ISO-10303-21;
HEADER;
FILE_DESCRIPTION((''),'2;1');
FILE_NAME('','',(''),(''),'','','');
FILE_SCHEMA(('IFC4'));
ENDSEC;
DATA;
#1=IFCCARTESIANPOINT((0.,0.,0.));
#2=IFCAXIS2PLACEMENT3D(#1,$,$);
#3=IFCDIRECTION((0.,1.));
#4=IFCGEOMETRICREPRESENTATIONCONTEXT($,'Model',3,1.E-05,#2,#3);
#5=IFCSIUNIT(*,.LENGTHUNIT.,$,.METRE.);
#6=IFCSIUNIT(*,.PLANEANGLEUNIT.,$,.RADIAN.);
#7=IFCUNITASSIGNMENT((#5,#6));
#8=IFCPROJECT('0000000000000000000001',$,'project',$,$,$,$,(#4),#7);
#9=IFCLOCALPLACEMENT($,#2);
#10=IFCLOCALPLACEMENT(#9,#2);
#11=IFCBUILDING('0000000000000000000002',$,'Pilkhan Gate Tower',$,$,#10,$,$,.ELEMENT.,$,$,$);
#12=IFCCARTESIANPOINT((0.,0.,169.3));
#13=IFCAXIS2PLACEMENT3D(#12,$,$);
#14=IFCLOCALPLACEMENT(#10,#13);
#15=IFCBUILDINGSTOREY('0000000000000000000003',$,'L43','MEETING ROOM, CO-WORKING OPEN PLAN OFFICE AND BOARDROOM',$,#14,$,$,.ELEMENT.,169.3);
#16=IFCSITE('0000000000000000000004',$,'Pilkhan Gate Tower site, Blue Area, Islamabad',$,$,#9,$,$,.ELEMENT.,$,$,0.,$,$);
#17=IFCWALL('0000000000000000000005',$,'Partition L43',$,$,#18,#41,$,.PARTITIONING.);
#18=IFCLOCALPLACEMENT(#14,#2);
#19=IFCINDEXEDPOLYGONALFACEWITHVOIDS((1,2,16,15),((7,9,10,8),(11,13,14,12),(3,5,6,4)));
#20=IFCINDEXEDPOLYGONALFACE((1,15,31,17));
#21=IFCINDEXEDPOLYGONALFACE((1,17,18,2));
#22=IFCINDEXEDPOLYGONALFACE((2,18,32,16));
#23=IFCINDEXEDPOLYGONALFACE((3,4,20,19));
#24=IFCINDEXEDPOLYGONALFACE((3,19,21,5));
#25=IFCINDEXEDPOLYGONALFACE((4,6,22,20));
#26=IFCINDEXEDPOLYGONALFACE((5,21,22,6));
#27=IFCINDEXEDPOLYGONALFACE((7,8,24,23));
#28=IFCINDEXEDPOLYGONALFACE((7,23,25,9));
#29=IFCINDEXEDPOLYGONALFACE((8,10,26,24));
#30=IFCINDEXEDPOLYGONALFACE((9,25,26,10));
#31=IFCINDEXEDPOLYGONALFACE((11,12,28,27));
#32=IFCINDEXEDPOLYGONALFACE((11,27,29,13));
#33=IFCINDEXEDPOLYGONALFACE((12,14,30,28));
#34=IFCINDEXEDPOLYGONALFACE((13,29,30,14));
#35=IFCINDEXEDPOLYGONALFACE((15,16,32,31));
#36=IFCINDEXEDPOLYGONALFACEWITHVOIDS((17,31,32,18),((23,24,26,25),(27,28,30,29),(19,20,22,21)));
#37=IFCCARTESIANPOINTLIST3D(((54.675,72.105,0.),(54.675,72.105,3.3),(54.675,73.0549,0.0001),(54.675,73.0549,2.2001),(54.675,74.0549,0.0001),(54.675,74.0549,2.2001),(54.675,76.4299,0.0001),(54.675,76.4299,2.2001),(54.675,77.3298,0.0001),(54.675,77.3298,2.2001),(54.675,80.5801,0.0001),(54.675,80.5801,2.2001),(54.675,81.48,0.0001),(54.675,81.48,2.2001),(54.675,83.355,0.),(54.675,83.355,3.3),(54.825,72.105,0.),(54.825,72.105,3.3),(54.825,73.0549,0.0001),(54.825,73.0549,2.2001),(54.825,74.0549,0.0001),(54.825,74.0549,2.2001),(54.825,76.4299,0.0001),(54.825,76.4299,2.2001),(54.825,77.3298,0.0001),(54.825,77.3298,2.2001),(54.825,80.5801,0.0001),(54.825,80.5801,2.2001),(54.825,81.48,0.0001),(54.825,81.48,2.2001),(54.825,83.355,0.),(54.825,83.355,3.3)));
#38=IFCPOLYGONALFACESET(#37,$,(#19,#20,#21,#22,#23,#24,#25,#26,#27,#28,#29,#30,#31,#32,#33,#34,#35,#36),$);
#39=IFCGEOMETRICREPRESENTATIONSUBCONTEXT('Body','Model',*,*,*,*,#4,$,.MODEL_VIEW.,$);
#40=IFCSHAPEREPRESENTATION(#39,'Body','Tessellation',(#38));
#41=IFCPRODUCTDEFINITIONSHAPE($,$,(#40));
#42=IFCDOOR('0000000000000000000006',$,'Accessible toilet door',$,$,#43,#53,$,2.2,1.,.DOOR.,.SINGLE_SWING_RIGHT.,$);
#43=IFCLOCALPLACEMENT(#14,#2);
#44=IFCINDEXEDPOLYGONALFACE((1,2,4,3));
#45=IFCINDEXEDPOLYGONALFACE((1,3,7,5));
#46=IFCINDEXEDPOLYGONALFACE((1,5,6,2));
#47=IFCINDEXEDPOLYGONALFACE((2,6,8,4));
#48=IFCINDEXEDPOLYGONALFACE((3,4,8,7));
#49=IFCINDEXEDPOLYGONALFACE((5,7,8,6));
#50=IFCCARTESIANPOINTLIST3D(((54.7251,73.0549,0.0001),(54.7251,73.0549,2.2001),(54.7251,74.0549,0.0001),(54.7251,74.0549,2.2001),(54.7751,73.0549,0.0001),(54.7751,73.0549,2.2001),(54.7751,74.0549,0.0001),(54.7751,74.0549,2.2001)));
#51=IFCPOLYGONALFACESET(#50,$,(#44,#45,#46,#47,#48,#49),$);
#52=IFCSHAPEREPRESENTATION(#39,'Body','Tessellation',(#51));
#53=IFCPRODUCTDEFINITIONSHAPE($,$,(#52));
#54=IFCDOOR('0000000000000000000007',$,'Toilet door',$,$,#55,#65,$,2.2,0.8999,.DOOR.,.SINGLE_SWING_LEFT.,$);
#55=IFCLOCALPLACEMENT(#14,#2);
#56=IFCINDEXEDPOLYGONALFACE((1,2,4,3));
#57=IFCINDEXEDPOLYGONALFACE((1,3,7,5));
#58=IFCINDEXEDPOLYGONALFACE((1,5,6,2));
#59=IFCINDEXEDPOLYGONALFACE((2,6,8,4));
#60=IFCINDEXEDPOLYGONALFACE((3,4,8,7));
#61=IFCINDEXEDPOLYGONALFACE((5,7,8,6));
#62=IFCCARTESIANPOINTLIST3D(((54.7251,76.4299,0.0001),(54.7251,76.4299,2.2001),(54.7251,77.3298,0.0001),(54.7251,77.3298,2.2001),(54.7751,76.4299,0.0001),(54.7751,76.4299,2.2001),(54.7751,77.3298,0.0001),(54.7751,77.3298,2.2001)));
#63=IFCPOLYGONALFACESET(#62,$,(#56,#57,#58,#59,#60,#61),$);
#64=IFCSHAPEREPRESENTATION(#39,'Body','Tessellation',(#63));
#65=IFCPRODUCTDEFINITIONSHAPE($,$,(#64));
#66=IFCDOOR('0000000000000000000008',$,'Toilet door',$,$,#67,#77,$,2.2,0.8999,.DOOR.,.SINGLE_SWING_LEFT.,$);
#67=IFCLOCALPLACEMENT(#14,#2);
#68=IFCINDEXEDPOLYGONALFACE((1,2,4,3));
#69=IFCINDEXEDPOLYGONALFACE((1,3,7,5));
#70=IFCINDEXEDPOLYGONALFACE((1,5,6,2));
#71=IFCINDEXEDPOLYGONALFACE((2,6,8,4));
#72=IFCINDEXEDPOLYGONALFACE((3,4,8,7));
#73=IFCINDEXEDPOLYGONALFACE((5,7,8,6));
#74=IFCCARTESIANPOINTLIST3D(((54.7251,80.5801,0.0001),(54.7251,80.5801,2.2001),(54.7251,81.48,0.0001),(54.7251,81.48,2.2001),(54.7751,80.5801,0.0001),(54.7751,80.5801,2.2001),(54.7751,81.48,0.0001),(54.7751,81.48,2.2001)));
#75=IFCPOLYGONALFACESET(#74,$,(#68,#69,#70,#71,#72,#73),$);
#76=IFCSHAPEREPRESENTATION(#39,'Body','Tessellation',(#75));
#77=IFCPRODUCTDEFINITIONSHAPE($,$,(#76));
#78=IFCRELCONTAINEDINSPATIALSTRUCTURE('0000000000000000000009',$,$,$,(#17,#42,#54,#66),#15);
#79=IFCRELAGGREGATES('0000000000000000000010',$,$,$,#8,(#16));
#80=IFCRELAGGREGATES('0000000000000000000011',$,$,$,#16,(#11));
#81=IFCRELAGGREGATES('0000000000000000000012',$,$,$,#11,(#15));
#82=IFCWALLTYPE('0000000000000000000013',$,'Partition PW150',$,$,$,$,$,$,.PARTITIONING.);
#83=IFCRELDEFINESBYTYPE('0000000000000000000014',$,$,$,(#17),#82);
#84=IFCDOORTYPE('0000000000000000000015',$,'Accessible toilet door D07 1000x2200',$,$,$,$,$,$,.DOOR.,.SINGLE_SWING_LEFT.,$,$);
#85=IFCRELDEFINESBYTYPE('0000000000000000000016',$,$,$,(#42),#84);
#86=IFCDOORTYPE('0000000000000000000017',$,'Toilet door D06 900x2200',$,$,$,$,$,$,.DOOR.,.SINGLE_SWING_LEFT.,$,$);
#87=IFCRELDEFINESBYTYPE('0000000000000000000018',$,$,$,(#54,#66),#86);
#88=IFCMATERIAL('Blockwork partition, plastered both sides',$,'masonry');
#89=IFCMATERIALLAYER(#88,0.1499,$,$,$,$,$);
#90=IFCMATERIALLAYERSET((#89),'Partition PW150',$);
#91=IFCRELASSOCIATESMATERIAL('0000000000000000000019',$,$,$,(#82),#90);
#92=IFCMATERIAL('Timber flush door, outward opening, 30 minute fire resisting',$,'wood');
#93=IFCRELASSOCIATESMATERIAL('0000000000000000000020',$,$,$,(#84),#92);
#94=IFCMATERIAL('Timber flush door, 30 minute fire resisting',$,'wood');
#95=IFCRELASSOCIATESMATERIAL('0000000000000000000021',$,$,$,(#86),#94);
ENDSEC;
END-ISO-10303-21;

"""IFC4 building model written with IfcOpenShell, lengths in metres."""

from ifc_helpers import new_model, si_unit, direction, frame, frame_2d, origin, place, context, subcontext, project, spatial, rectangle, extrude, material, layer, layer_set, type_object, element, fill, save


model = new_model("IFC4")

# Units and contexts
model_context = context("Model", 3, precision=1e-05, world=origin(), true_north=direction((0.0, 1.0)))
body_context = subcontext(model_context, "Body", "Model", "MODEL_VIEW")
ifc_project = project(units=[si_unit("LENGTHUNIT", "METRE"), si_unit("PLANEANGLEUNIT", "RADIAN")], contexts=[model_context])

# Site, building, storey
site_placement = place(None, origin())
site = spatial("IfcSite", under=ifc_project, at=site_placement, Name="Pilkhan Gate Tower site, Blue Area, Islamabad", CompositionType="ELEMENT", RefElevation=0.0)
building_placement = place(site_placement, origin())
building = spatial("IfcBuilding", under=site, at=building_placement, Name="Pilkhan Gate Tower", CompositionType="ELEMENT")
storey_placement = place(building_placement, frame((0.0, 0.0, 169.3)))
storey = spatial("IfcBuildingStorey", under=building, at=storey_placement, Name="L43", Description="MEETING ROOM, CO-WORKING OPEN PLAN OFFICE AND BOARDROOM", CompositionType="ELEMENT", Elevation=169.3)

# Shared definitions
ifc_material_1 = material(Name="Blockwork partition, plastered both sides", Category="masonry")
ifc_layer_1 = layer(ifc_material_1, 0.1499)
ifc_layer_set_1 = layer_set([ifc_layer_1], Name="Partition PW150")
wall_type_1 = type_object("IfcWallType", Name="Partition PW150", PredefinedType="PARTITIONING", material=ifc_layer_set_1)

# Wall, openings, doors
wall_1_placement = place(storey_placement, frame((54.75, 72.105, 0.0), z_axis=(0.0, 0.0, 1.0), x_axis=(0.0, 1.0, 0.0)))
wall_1 = element("IfcWall", 1, at=wall_1_placement, inside=storey, type_object=wall_type_1, Name="Partition L43", PredefinedType="PARTITIONING", context=body_context, shape_type="SweptSolid", body=[
    extrude(rectangle(XDim=11.25, YDim=0.1499, at=frame_2d((5.625, 0.0))), origin(), (0.0, 0.0, 1.0), 3.3),
])
opening_1_placement = place(wall_1_placement, frame((0.95, 0.0, 0.0)))
opening_1 = element("IfcOpeningElement", 2, at=opening_1_placement, cuts=wall_1, PredefinedType="OPENING", context=body_context, shape_type="SweptSolid", body=[
    extrude(rectangle(XDim=1.0, YDim=2.2, at=frame_2d((0.5, 1.1001))), frame((0.0, 0.085, 0.0), z_axis=(0.0, -1.0, 0.0), x_axis=(1.0, 0.0, 0.0)), (0.0, 0.0, 1.0), 0.1699),
])
opening_2_placement = place(wall_1_placement, frame((4.325, 0.0, 0.0)))
opening_2 = element("IfcOpeningElement", 3, at=opening_2_placement, cuts=wall_1, PredefinedType="OPENING", context=body_context, shape_type="SweptSolid", body=[
    extrude(rectangle(XDim=0.8999, YDim=2.2, at=frame_2d((0.45, 1.1001))), frame((0.0, 0.085, 0.0), z_axis=(0.0, -1.0, 0.0), x_axis=(1.0, 0.0, 0.0)), (0.0, 0.0, 1.0), 0.1699),
])
opening_3_placement = place(wall_1_placement, frame((8.4751, 0.0, 0.0)))
opening_3 = element("IfcOpeningElement", 4, at=opening_3_placement, cuts=wall_1, PredefinedType="OPENING", context=body_context, shape_type="SweptSolid", body=[
    extrude(rectangle(XDim=0.8999, YDim=2.2, at=frame_2d((0.45, 1.1001))), frame((0.0, 0.085, 0.0), z_axis=(0.0, -1.0, 0.0), x_axis=(1.0, 0.0, 0.0)), (0.0, 0.0, 1.0), 0.1699),
])
ifc_material_2 = material(Name="Timber flush door, outward opening, 30 minute fire resisting", Category="wood")
door_type_1 = type_object("IfcDoorType", Name="Accessible toilet door D07 1000x2200", OperationType="SINGLE_SWING_LEFT", PredefinedType="DOOR", material=ifc_material_2)
door_1_placement = place(opening_1_placement, origin())
door_1 = element("IfcDoor", 5, at=door_1_placement, inside=storey, type_object=door_type_1, Name="Accessible toilet door", OperationType="SINGLE_SWING_RIGHT", OverallHeight=2.2, OverallWidth=1.0, PredefinedType="DOOR", context=body_context, shape_type="SweptSolid", body=[
    extrude(rectangle(XDim=1.0, YDim=2.2, at=frame_2d((0.5, 1.1001))), frame((0.0, 0.0249, 0.0), z_axis=(0.0, -1.0, 0.0), x_axis=(1.0, 0.0, 0.0)), (0.0, 0.0, 1.0), 0.05),
])
fill(opening_1, door_1)
ifc_material_3 = material(Name="Timber flush door, 30 minute fire resisting", Category="wood")
door_type_2 = type_object("IfcDoorType", Name="Toilet door D06 900x2200", OperationType="SINGLE_SWING_LEFT", PredefinedType="DOOR", material=ifc_material_3)
door_2_placement = place(opening_2_placement, origin())
door_2 = element("IfcDoor", 6, at=door_2_placement, inside=storey, type_object=door_type_2, Name="Toilet door", OperationType="SINGLE_SWING_LEFT", OverallHeight=2.2, OverallWidth=0.8999, PredefinedType="DOOR", context=body_context, shape_type="SweptSolid", body=[
    extrude(rectangle(XDim=0.8999, YDim=2.2, at=frame_2d((0.45, 1.1001))), frame((0.0, 0.0249, 0.0), z_axis=(0.0, -1.0, 0.0), x_axis=(1.0, 0.0, 0.0)), (0.0, 0.0, 1.0), 0.05),
])
fill(opening_2, door_2)
door_3_placement = place(opening_3_placement, origin())
door_3 = element("IfcDoor", 7, at=door_3_placement, inside=storey, type_object=door_type_2, Name="Toilet door", OperationType="SINGLE_SWING_LEFT", OverallHeight=2.2, OverallWidth=0.8999, PredefinedType="DOOR", context=body_context, shape_type="SweptSolid", body=[
    extrude(rectangle(XDim=0.8999, YDim=2.2, at=frame_2d((0.45, 1.1001))), frame((0.0, 0.0249, 0.0), z_axis=(0.0, -1.0, 0.0), x_axis=(1.0, 0.0, 0.0)), (0.0, 0.0, 1.0), 0.05),
])
fill(opening_3, door_3)

save(model, "model.ifc")
